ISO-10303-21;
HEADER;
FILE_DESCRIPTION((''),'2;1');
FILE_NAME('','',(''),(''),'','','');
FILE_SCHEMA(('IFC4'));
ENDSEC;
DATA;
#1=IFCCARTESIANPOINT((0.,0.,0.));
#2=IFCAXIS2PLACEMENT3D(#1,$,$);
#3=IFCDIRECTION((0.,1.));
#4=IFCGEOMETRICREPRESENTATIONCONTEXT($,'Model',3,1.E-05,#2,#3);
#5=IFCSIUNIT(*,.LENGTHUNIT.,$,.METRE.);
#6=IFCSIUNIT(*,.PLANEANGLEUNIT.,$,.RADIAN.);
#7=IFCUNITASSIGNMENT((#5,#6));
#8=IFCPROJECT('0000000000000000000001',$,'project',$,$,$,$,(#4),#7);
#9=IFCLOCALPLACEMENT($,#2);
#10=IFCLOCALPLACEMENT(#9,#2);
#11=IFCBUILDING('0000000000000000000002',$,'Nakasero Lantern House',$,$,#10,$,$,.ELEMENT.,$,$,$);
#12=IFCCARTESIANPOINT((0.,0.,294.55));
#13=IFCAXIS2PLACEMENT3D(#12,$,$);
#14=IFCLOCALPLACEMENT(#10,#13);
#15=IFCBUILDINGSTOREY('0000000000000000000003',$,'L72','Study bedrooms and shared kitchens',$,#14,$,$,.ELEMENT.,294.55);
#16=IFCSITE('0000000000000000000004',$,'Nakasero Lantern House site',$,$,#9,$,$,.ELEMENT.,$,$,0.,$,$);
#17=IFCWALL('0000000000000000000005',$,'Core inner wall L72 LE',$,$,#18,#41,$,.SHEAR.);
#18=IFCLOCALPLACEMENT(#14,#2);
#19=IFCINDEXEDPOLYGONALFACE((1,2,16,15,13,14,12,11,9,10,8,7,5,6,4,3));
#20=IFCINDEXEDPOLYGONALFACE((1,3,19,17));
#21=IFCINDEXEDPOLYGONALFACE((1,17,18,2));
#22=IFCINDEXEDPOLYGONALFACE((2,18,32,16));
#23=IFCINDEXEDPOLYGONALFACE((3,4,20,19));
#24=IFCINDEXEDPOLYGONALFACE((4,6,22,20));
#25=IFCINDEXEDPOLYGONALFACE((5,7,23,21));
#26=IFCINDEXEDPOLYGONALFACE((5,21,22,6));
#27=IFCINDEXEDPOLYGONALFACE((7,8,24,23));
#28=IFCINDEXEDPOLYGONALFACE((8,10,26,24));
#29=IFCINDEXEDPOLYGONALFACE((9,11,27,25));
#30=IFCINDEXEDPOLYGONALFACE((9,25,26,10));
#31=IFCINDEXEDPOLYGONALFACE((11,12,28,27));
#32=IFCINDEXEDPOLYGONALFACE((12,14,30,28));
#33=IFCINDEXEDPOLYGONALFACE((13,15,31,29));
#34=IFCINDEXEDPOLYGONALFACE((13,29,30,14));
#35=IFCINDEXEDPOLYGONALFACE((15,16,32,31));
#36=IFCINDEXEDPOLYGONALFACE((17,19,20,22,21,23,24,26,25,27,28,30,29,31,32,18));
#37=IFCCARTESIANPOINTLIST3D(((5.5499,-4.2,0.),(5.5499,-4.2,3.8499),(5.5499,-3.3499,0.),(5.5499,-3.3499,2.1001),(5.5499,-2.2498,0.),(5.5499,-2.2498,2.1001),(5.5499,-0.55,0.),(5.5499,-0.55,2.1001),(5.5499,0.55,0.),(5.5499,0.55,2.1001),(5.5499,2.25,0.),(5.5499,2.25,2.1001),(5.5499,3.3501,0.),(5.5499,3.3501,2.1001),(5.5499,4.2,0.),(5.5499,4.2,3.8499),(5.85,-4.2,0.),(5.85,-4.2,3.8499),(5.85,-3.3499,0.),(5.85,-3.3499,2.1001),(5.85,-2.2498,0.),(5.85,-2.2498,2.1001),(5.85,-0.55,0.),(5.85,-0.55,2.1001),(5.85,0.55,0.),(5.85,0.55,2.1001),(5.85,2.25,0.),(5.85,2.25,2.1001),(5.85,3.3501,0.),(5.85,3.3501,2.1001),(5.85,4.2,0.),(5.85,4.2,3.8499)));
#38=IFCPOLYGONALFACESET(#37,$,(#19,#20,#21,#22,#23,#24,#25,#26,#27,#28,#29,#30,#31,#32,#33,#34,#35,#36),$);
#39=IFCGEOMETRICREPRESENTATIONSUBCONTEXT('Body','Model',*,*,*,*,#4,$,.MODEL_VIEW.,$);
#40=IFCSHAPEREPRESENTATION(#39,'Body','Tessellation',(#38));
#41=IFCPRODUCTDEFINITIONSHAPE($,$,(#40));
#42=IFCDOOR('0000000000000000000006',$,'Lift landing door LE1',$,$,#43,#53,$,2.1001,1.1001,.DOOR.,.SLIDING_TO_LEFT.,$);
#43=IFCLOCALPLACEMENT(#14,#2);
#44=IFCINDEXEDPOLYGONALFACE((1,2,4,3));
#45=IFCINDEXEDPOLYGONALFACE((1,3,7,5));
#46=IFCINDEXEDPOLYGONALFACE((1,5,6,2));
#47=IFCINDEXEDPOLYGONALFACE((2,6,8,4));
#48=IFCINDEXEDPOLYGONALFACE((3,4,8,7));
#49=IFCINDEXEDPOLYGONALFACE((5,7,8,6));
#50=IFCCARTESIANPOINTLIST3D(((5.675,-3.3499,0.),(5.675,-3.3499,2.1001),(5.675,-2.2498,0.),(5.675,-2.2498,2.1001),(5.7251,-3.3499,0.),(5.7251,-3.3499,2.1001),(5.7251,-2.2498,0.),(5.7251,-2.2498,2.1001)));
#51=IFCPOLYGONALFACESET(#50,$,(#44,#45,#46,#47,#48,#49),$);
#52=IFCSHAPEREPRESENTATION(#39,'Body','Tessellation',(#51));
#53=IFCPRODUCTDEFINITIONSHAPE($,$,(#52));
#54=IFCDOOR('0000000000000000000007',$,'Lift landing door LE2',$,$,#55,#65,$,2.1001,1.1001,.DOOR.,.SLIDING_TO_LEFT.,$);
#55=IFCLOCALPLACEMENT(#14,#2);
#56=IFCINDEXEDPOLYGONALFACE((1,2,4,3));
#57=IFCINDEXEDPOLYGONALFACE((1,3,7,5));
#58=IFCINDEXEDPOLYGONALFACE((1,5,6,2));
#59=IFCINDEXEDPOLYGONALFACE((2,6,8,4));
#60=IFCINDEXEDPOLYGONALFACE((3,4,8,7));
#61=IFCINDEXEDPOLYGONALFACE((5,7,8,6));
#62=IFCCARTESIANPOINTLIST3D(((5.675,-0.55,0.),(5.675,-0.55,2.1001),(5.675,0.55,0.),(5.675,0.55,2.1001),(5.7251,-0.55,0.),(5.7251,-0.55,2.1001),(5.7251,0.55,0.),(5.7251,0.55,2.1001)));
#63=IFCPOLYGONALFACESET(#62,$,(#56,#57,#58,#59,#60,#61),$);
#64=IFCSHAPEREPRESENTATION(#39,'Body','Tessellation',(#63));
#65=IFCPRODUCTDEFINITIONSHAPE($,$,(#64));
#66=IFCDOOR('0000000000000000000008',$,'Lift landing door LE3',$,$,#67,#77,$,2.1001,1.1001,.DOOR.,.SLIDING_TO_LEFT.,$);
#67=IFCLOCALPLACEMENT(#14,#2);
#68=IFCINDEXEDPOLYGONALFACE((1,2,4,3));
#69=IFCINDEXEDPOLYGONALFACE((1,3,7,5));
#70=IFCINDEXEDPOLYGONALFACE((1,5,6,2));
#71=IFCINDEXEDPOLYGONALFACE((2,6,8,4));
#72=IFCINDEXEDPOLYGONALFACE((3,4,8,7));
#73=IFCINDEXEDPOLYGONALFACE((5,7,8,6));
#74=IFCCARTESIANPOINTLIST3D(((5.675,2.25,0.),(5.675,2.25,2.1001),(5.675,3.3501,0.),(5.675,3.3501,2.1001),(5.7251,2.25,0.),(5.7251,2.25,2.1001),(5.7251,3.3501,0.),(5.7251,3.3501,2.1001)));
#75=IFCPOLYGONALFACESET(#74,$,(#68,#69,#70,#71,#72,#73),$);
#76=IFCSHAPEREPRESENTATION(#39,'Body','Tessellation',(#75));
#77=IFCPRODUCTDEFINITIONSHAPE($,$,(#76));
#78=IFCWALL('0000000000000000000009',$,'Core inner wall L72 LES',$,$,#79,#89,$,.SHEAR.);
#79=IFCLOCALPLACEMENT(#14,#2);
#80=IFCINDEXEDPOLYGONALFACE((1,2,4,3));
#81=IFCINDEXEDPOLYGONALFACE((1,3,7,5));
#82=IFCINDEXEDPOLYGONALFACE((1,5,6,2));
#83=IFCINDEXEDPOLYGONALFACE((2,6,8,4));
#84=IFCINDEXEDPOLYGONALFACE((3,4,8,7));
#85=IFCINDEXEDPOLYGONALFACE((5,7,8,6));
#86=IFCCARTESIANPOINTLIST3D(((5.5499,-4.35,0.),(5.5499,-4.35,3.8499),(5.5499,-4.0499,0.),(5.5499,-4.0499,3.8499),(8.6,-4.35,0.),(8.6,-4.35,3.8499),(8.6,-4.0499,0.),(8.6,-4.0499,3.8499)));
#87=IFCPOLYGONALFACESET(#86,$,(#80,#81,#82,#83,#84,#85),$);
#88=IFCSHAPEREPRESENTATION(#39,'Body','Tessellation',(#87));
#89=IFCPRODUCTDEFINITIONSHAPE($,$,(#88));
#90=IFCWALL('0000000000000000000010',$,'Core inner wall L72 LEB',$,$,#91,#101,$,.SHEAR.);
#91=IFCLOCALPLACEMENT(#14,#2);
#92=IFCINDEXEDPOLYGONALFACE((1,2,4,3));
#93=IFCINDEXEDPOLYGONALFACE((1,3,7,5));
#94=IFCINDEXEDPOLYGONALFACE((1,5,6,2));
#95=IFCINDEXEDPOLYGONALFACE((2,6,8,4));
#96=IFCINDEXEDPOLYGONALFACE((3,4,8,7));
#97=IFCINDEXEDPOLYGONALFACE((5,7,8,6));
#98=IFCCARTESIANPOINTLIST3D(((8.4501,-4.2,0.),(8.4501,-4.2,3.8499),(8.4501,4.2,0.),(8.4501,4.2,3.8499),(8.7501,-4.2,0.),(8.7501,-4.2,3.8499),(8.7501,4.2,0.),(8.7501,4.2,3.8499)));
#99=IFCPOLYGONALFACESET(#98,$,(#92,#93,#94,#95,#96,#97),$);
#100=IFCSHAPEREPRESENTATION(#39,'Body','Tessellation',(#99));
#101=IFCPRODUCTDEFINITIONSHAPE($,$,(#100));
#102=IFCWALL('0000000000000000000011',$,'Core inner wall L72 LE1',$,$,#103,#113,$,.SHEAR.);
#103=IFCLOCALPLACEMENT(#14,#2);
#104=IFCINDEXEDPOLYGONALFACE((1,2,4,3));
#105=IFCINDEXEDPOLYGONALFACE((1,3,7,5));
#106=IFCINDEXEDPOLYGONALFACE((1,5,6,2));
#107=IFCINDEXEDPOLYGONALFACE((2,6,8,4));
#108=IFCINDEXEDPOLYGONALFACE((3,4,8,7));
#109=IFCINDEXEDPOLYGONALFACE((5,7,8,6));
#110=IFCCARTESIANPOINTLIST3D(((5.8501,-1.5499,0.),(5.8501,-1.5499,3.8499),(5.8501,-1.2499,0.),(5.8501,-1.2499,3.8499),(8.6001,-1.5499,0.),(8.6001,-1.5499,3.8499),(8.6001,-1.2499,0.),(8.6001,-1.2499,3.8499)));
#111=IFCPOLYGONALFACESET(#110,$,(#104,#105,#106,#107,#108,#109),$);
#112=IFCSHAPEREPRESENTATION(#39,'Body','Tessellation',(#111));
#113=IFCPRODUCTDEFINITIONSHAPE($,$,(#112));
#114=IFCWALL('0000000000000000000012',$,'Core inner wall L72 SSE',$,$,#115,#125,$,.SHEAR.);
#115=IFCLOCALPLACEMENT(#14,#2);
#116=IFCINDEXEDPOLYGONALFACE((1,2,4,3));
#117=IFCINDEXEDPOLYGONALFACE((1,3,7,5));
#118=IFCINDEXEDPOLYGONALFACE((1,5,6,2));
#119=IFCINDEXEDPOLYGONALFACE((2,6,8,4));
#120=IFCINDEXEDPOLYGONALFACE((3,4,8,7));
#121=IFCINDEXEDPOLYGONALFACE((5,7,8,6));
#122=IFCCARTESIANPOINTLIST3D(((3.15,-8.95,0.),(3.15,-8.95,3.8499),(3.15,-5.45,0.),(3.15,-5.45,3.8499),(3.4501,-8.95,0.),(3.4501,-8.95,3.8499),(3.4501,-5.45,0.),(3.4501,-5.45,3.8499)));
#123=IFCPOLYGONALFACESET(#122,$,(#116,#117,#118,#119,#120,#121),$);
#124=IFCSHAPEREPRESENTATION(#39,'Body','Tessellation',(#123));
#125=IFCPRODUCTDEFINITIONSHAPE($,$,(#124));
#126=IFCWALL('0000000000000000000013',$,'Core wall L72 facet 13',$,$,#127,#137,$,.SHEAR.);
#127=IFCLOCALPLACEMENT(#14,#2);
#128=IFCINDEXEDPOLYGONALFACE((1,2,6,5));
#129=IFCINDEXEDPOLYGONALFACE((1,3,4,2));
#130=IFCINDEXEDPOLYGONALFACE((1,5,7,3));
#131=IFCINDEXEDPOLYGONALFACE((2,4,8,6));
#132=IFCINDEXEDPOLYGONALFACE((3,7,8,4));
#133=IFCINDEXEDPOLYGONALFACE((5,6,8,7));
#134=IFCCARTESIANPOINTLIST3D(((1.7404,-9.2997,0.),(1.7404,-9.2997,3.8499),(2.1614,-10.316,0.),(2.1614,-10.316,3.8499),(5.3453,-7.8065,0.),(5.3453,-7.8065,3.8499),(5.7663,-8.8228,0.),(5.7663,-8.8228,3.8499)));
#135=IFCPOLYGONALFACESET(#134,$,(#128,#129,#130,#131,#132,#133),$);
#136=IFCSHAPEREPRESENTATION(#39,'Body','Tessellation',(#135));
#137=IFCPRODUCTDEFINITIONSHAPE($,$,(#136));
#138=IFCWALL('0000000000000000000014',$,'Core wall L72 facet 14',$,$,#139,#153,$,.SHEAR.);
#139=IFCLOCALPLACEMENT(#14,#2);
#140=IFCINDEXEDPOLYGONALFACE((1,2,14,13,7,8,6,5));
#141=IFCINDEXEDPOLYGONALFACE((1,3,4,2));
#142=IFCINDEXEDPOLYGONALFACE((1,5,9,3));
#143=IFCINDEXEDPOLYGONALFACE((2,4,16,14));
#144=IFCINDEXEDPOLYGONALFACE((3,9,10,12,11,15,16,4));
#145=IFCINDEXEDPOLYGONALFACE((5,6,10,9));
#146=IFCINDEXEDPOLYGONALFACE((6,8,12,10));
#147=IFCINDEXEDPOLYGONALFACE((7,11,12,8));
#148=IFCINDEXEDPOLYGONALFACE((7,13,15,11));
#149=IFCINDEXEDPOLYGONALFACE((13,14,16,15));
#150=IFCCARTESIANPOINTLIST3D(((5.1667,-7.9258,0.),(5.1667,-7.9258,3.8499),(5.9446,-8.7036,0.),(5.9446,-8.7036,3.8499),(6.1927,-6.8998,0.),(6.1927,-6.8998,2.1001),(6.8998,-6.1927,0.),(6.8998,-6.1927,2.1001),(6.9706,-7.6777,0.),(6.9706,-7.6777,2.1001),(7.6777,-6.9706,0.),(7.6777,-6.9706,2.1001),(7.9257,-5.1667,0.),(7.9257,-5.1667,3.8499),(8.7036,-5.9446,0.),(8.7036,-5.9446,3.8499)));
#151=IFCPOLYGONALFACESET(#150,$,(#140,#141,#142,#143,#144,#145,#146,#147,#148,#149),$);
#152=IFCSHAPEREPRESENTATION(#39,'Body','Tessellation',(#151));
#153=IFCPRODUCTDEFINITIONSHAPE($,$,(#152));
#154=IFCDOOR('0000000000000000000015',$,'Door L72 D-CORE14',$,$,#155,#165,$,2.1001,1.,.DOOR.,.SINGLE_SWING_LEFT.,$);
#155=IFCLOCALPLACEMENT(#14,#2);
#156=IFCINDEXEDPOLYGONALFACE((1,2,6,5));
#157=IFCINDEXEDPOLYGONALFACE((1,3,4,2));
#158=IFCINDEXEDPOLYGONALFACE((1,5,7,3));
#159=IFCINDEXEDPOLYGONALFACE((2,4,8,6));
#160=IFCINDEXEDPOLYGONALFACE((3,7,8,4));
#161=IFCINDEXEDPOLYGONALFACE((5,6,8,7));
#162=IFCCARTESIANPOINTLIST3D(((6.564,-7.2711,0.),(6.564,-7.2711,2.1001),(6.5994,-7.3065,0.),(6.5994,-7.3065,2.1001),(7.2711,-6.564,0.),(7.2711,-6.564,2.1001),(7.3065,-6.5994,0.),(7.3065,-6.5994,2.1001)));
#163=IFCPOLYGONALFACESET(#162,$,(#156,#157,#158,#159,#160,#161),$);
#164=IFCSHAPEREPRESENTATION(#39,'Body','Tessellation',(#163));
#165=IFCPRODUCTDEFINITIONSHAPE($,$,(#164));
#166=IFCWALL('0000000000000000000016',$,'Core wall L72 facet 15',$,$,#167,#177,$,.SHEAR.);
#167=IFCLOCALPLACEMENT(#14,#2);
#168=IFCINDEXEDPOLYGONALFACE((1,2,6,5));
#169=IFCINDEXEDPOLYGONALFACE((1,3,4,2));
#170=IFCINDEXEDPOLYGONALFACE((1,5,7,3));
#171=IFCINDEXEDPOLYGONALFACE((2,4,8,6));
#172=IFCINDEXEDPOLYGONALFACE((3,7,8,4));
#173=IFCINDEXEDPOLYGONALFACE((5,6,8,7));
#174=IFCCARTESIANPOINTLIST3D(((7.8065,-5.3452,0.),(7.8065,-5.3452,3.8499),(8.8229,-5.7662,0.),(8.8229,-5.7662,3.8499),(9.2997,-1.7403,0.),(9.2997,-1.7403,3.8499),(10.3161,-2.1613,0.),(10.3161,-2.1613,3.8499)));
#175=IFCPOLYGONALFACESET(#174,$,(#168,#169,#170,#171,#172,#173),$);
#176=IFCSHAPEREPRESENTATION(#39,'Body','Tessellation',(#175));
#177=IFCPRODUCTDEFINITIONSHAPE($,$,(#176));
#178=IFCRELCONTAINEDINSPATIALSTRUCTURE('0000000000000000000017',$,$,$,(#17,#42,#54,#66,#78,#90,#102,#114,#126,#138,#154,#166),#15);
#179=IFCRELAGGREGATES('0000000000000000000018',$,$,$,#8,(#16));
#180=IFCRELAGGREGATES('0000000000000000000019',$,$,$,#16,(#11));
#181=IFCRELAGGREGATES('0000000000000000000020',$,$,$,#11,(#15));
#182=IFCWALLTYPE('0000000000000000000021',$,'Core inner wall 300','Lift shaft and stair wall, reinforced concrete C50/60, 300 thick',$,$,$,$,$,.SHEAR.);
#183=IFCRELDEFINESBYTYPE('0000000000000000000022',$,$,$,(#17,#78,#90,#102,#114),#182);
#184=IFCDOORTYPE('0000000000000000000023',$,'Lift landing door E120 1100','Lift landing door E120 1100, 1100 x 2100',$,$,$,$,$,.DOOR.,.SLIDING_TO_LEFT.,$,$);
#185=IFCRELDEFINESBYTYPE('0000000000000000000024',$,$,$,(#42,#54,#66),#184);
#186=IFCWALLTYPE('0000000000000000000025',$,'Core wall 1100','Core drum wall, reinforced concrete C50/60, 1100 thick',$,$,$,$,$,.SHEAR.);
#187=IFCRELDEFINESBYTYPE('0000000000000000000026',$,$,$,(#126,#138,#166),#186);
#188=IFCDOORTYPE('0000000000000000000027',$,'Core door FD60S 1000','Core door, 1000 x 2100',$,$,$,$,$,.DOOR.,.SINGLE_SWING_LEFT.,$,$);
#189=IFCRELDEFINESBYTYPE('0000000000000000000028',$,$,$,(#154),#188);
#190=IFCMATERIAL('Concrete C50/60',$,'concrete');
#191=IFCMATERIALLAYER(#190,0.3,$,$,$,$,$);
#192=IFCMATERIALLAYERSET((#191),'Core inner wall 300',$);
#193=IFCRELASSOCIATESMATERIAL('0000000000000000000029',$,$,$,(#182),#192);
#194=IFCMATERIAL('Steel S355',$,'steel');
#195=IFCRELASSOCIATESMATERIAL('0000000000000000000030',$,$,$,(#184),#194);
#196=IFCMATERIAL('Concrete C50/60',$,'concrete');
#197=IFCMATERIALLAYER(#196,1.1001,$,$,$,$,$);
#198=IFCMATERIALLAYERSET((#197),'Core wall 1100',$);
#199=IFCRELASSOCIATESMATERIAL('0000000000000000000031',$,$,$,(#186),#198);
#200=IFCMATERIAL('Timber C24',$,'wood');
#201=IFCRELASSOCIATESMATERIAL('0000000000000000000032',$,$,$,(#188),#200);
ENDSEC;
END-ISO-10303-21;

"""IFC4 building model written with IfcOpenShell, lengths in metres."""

from ifc_helpers import new_model, si_unit, direction, frame, frame_2d, origin, place, context, subcontext, project, spatial, rectangle, extrude, material, layer, layer_set, type_object, element, fill, save


model = new_model("IFC4")

# Units and contexts
model_context = context("Model", 3, precision=1e-05, world=origin(), true_north=direction((0.0, 1.0)))
body_context = subcontext(model_context, "Body", "Model", "MODEL_VIEW")
ifc_project = project(units=[si_unit("LENGTHUNIT", "METRE"), si_unit("PLANEANGLEUNIT", "RADIAN")], contexts=[model_context])

# Site, building, storey
site_placement = place(None, origin())
site = spatial("IfcSite", under=ifc_project, at=site_placement, Name="Nakasero Lantern House site", CompositionType="ELEMENT", RefElevation=0.0)
building_placement = place(site_placement, origin())
building = spatial("IfcBuilding", under=site, at=building_placement, Name="Nakasero Lantern House", CompositionType="ELEMENT")
storey_placement = place(building_placement, frame((0.0, 0.0, 294.55)))
storey = spatial("IfcBuildingStorey", under=building, at=storey_placement, Name="L72", Description="Study bedrooms and shared kitchens", CompositionType="ELEMENT", Elevation=294.55)

# Wall, openings, doors
ifc_material_1 = material(Name="Concrete C50/60", Category="concrete")
ifc_layer_1 = layer(ifc_material_1, 0.3)
ifc_layer_set_1 = layer_set([ifc_layer_1], Name="Core inner wall 300")
wall_type_1 = type_object("IfcWallType", Name="Core inner wall 300", Description="Lift shaft and stair wall, reinforced concrete C50/60, 300 thick", PredefinedType="SHEAR", material=ifc_layer_set_1)
wall_1_placement = place(storey_placement, frame((5.7, -4.2, 0.0), z_axis=(0.0, 0.0, 1.0), x_axis=(0.0, 1.0, 0.0)))
wall_1 = element("IfcWall", 1, at=wall_1_placement, inside=storey, type_object=wall_type_1, Name="Core inner wall L72 LE", PredefinedType="SHEAR", context=body_context, shape_type="SweptSolid", body=[
    extrude(rectangle(XDim=8.3999, YDim=0.3, at=frame_2d((4.2, 0.0))), origin(), (0.0, 0.0, 1.0), 3.8499),
])
opening_1_placement = place(wall_1_placement, frame((0.8501, 0.0, 0.0)))
opening_1 = element("IfcOpeningElement", 2, at=opening_1_placement, cuts=wall_1, PredefinedType="OPENING", context=body_context, shape_type="SweptSolid", body=[
    extrude(rectangle(XDim=1.1001, YDim=2.1001, at=frame_2d((0.55, 1.05))), frame((0.0, 0.1699, 0.0), z_axis=(0.0, -1.0, 0.0), x_axis=(1.0, 0.0, 0.0)), (0.0, 0.0, 1.0), 0.3401),
])
opening_2_placement = place(wall_1_placement, frame((3.6499, 0.0, 0.0)))
opening_2 = element("IfcOpeningElement", 3, at=opening_2_placement, cuts=wall_1, PredefinedType="OPENING", context=body_context, shape_type="SweptSolid", body=[
    extrude(rectangle(XDim=1.1001, YDim=2.1001, at=frame_2d((0.55, 1.05))), frame((0.0, 0.1699, 0.0), z_axis=(0.0, -1.0, 0.0), x_axis=(1.0, 0.0, 0.0)), (0.0, 0.0, 1.0), 0.3401),
])
opening_3_placement = place(wall_1_placement, frame((6.45, 0.0, 0.0)))
opening_3 = element("IfcOpeningElement", 4, at=opening_3_placement, cuts=wall_1, PredefinedType="OPENING", context=body_context, shape_type="SweptSolid", body=[
    extrude(rectangle(XDim=1.1001, YDim=2.1001, at=frame_2d((0.55, 1.05))), frame((0.0, 0.1699, 0.0), z_axis=(0.0, -1.0, 0.0), x_axis=(1.0, 0.0, 0.0)), (0.0, 0.0, 1.0), 0.3401),
])
ifc_material_2 = material(Name="Steel S355", Category="steel")
door_type_1 = type_object("IfcDoorType", Name="Lift landing door E120 1100", Description="Lift landing door E120 1100, 1100 x 2100", OperationType="SLIDING_TO_LEFT", PredefinedType="DOOR", material=ifc_material_2)
door_1_placement = place(opening_1_placement, origin())
door_1 = element("IfcDoor", 5, at=door_1_placement, inside=storey, type_object=door_type_1, Name="Lift landing door LE1", OperationType="SLIDING_TO_LEFT", OverallHeight=2.1001, OverallWidth=1.1001, PredefinedType="DOOR", context=body_context, shape_type="SweptSolid", body=[
    extrude(rectangle(XDim=1.1001, YDim=2.1001, at=frame_2d((0.55, 1.05))), frame((0.0, 0.0249, 0.0), z_axis=(0.0, -1.0, 0.0), x_axis=(1.0, 0.0, 0.0)), (0.0, 0.0, 1.0), 0.05),
])
fill(opening_1, door_1)
door_2_placement = place(opening_2_placement, origin())
door_2 = element("IfcDoor", 6, at=door_2_placement, inside=storey, type_object=door_type_1, Name="Lift landing door LE2", OperationType="SLIDING_TO_LEFT", OverallHeight=2.1001, OverallWidth=1.1001, PredefinedType="DOOR", context=body_context, shape_type="SweptSolid", body=[
    extrude(rectangle(XDim=1.1001, YDim=2.1001, at=frame_2d((0.55, 1.05))), frame((0.0, 0.0249, 0.0), z_axis=(0.0, -1.0, 0.0), x_axis=(1.0, 0.0, 0.0)), (0.0, 0.0, 1.0), 0.05),
])
fill(opening_2, door_2)
door_3_placement = place(opening_3_placement, origin())
door_3 = element("IfcDoor", 7, at=door_3_placement, inside=storey, type_object=door_type_1, Name="Lift landing door LE3", OperationType="SLIDING_TO_LEFT", OverallHeight=2.1001, OverallWidth=1.1001, PredefinedType="DOOR", context=body_context, shape_type="SweptSolid", body=[
    extrude(rectangle(XDim=1.1001, YDim=2.1001, at=frame_2d((0.55, 1.05))), frame((0.0, 0.0249, 0.0), z_axis=(0.0, -1.0, 0.0), x_axis=(1.0, 0.0, 0.0)), (0.0, 0.0, 1.0), 0.05),
])
fill(opening_3, door_3)

# Walls
wall_2_placement = place(storey_placement, frame((5.55, -4.2, 0.0), z_axis=(0.0, 0.0, 1.0), x_axis=(1.0, 0.0, 0.0)))
element("IfcWall", 8, at=wall_2_placement, inside=storey, type_object=wall_type_1, Name="Core inner wall L72 LES", PredefinedType="SHEAR", context=body_context, shape_type="SweptSolid", body=[
    extrude(rectangle(XDim=3.05, YDim=0.3, at=frame_2d((1.5249, 0.0))), origin(), (0.0, 0.0, 1.0), 3.8499),
])
wall_3_placement = place(storey_placement, frame((8.6001, -4.2, 0.0), z_axis=(0.0, 0.0, 1.0), x_axis=(0.0, 1.0, 0.0)))
element("IfcWall", 9, at=wall_3_placement, inside=storey, type_object=wall_type_1, Name="Core inner wall L72 LEB", PredefinedType="SHEAR", context=body_context, shape_type="SweptSolid", body=[
    extrude(rectangle(XDim=8.3999, YDim=0.3, at=frame_2d((4.2, 0.0))), origin(), (0.0, 0.0, 1.0), 3.8499),
])
wall_4_placement = place(storey_placement, frame((5.8501, -1.3999, 0.0), z_axis=(0.0, 0.0, 1.0), x_axis=(1.0, 0.0, 0.0)))
element("IfcWall", 10, at=wall_4_placement, inside=storey, type_object=wall_type_1, Name="Core inner wall L72 LE1", PredefinedType="SHEAR", context=body_context, shape_type="SweptSolid", body=[
    extrude(rectangle(XDim=2.75, YDim=0.3, at=frame_2d((1.375, 0.0))), origin(), (0.0, 0.0, 1.0), 3.8499),
])
wall_5_placement = place(storey_placement, frame((3.3, -5.45, 0.0), z_axis=(0.0, 0.0, 1.0), x_axis=(0.0, -1.0, 0.0)))
element("IfcWall", 11, at=wall_5_placement, inside=storey, type_object=wall_type_1, Name="Core inner wall L72 SSE", PredefinedType="SHEAR", context=body_context, shape_type="SweptSolid", body=[
    extrude(rectangle(XDim=3.5, YDim=0.3, at=frame_2d((1.75, 0.0))), origin(), (0.0, 0.0, 1.0), 3.8499),
])
ifc_material_3 = material(Name="Concrete C50/60", Category="concrete")
ifc_layer_2 = layer(ifc_material_3, 1.1001)
ifc_layer_set_2 = layer_set([ifc_layer_2], Name="Core wall 1100")
wall_type_2 = type_object("IfcWallType", Name="Core wall 1100", Description="Core drum wall, reinforced concrete C50/60, 1100 thick", PredefinedType="SHEAR", material=ifc_layer_set_2)
wall_6_placement = place(storey_placement, frame((1.9509, -9.8079, 0.0), z_axis=(0.0, 0.0, 1.0), x_axis=(0.923877, 0.382691, 0.0)))
element("IfcWall", 12, at=wall_6_placement, inside=storey, type_object=wall_type_2, Name="Core wall L72 facet 13", PredefinedType="SHEAR", context=body_context, shape_type="SweptSolid", body=[
    extrude(rectangle(XDim=3.9019, YDim=1.1001, at=frame_2d((1.9509, 0.0))), origin(), (0.0, 0.0, 1.0), 3.8499),
])

# Wall, opening, door
wall_7_placement = place(storey_placement, frame((5.5557, -8.3147, 0.0), z_axis=(0.0, 0.0, 1.0), x_axis=(0.707107, 0.707107, 0.0)))
wall_7 = element("IfcWall", 13, at=wall_7_placement, inside=storey, type_object=wall_type_2, Name="Core wall L72 facet 14", PredefinedType="SHEAR", context=body_context, shape_type="SweptSolid", body=[
    extrude(rectangle(XDim=3.9019, YDim=1.1001, at=frame_2d((1.9509, 0.0))), origin(), (0.0, 0.0, 1.0), 3.8499),
])
opening_4_placement = place(wall_7_placement, frame((1.4509, 0.0, 0.0)))
opening_4 = element("IfcOpeningElement", 14, at=opening_4_placement, cuts=wall_7, PredefinedType="OPENING", context=body_context, shape_type="SweptSolid", body=[
    extrude(rectangle(XDim=1.0, YDim=2.1001, at=frame_2d((0.5, 1.05))), frame((0.0, 0.5701, 0.0), z_axis=(0.0, -1.0, 0.0), x_axis=(1.0, 0.0, 0.0)), (0.0, 0.0, 1.0), 1.1401),
])
ifc_material_4 = material(Name="Timber C24", Category="wood")
door_type_2 = type_object("IfcDoorType", Name="Core door FD60S 1000", Description="Core door, 1000 x 2100", OperationType="SINGLE_SWING_LEFT", PredefinedType="DOOR", material=ifc_material_4)
door_4_placement = place(opening_4_placement, origin())
door_4 = element("IfcDoor", 15, at=door_4_placement, inside=storey, type_object=door_type_2, Name="Door L72 D-CORE14", OperationType="SINGLE_SWING_LEFT", OverallHeight=2.1001, OverallWidth=1.0, PredefinedType="DOOR", context=body_context, shape_type="SweptSolid", body=[
    extrude(rectangle(XDim=1.0, YDim=2.1001, at=frame_2d((0.5, 1.05))), frame((0.0, 0.0249, 0.0), z_axis=(0.0, -1.0, 0.0), x_axis=(1.0, 0.0, 0.0)), (0.0, 0.0, 1.0), 0.05),
])
fill(opening_4, door_4)

# Wall
wall_8_placement = place(storey_placement, frame((8.3147, -5.5557, 0.0), z_axis=(0.0, 0.0, 1.0), x_axis=(0.382691, 0.923877, 0.0)))
element("IfcWall", 16, at=wall_8_placement, inside=storey, type_object=wall_type_2, Name="Core wall L72 facet 15", PredefinedType="SHEAR", context=body_context, shape_type="SweptSolid", body=[
    extrude(rectangle(XDim=3.9019, YDim=1.1001, at=frame_2d((1.9509, 0.0))), origin(), (0.0, 0.0, 1.0), 3.8499),
])

save(model, "model.ifc")
